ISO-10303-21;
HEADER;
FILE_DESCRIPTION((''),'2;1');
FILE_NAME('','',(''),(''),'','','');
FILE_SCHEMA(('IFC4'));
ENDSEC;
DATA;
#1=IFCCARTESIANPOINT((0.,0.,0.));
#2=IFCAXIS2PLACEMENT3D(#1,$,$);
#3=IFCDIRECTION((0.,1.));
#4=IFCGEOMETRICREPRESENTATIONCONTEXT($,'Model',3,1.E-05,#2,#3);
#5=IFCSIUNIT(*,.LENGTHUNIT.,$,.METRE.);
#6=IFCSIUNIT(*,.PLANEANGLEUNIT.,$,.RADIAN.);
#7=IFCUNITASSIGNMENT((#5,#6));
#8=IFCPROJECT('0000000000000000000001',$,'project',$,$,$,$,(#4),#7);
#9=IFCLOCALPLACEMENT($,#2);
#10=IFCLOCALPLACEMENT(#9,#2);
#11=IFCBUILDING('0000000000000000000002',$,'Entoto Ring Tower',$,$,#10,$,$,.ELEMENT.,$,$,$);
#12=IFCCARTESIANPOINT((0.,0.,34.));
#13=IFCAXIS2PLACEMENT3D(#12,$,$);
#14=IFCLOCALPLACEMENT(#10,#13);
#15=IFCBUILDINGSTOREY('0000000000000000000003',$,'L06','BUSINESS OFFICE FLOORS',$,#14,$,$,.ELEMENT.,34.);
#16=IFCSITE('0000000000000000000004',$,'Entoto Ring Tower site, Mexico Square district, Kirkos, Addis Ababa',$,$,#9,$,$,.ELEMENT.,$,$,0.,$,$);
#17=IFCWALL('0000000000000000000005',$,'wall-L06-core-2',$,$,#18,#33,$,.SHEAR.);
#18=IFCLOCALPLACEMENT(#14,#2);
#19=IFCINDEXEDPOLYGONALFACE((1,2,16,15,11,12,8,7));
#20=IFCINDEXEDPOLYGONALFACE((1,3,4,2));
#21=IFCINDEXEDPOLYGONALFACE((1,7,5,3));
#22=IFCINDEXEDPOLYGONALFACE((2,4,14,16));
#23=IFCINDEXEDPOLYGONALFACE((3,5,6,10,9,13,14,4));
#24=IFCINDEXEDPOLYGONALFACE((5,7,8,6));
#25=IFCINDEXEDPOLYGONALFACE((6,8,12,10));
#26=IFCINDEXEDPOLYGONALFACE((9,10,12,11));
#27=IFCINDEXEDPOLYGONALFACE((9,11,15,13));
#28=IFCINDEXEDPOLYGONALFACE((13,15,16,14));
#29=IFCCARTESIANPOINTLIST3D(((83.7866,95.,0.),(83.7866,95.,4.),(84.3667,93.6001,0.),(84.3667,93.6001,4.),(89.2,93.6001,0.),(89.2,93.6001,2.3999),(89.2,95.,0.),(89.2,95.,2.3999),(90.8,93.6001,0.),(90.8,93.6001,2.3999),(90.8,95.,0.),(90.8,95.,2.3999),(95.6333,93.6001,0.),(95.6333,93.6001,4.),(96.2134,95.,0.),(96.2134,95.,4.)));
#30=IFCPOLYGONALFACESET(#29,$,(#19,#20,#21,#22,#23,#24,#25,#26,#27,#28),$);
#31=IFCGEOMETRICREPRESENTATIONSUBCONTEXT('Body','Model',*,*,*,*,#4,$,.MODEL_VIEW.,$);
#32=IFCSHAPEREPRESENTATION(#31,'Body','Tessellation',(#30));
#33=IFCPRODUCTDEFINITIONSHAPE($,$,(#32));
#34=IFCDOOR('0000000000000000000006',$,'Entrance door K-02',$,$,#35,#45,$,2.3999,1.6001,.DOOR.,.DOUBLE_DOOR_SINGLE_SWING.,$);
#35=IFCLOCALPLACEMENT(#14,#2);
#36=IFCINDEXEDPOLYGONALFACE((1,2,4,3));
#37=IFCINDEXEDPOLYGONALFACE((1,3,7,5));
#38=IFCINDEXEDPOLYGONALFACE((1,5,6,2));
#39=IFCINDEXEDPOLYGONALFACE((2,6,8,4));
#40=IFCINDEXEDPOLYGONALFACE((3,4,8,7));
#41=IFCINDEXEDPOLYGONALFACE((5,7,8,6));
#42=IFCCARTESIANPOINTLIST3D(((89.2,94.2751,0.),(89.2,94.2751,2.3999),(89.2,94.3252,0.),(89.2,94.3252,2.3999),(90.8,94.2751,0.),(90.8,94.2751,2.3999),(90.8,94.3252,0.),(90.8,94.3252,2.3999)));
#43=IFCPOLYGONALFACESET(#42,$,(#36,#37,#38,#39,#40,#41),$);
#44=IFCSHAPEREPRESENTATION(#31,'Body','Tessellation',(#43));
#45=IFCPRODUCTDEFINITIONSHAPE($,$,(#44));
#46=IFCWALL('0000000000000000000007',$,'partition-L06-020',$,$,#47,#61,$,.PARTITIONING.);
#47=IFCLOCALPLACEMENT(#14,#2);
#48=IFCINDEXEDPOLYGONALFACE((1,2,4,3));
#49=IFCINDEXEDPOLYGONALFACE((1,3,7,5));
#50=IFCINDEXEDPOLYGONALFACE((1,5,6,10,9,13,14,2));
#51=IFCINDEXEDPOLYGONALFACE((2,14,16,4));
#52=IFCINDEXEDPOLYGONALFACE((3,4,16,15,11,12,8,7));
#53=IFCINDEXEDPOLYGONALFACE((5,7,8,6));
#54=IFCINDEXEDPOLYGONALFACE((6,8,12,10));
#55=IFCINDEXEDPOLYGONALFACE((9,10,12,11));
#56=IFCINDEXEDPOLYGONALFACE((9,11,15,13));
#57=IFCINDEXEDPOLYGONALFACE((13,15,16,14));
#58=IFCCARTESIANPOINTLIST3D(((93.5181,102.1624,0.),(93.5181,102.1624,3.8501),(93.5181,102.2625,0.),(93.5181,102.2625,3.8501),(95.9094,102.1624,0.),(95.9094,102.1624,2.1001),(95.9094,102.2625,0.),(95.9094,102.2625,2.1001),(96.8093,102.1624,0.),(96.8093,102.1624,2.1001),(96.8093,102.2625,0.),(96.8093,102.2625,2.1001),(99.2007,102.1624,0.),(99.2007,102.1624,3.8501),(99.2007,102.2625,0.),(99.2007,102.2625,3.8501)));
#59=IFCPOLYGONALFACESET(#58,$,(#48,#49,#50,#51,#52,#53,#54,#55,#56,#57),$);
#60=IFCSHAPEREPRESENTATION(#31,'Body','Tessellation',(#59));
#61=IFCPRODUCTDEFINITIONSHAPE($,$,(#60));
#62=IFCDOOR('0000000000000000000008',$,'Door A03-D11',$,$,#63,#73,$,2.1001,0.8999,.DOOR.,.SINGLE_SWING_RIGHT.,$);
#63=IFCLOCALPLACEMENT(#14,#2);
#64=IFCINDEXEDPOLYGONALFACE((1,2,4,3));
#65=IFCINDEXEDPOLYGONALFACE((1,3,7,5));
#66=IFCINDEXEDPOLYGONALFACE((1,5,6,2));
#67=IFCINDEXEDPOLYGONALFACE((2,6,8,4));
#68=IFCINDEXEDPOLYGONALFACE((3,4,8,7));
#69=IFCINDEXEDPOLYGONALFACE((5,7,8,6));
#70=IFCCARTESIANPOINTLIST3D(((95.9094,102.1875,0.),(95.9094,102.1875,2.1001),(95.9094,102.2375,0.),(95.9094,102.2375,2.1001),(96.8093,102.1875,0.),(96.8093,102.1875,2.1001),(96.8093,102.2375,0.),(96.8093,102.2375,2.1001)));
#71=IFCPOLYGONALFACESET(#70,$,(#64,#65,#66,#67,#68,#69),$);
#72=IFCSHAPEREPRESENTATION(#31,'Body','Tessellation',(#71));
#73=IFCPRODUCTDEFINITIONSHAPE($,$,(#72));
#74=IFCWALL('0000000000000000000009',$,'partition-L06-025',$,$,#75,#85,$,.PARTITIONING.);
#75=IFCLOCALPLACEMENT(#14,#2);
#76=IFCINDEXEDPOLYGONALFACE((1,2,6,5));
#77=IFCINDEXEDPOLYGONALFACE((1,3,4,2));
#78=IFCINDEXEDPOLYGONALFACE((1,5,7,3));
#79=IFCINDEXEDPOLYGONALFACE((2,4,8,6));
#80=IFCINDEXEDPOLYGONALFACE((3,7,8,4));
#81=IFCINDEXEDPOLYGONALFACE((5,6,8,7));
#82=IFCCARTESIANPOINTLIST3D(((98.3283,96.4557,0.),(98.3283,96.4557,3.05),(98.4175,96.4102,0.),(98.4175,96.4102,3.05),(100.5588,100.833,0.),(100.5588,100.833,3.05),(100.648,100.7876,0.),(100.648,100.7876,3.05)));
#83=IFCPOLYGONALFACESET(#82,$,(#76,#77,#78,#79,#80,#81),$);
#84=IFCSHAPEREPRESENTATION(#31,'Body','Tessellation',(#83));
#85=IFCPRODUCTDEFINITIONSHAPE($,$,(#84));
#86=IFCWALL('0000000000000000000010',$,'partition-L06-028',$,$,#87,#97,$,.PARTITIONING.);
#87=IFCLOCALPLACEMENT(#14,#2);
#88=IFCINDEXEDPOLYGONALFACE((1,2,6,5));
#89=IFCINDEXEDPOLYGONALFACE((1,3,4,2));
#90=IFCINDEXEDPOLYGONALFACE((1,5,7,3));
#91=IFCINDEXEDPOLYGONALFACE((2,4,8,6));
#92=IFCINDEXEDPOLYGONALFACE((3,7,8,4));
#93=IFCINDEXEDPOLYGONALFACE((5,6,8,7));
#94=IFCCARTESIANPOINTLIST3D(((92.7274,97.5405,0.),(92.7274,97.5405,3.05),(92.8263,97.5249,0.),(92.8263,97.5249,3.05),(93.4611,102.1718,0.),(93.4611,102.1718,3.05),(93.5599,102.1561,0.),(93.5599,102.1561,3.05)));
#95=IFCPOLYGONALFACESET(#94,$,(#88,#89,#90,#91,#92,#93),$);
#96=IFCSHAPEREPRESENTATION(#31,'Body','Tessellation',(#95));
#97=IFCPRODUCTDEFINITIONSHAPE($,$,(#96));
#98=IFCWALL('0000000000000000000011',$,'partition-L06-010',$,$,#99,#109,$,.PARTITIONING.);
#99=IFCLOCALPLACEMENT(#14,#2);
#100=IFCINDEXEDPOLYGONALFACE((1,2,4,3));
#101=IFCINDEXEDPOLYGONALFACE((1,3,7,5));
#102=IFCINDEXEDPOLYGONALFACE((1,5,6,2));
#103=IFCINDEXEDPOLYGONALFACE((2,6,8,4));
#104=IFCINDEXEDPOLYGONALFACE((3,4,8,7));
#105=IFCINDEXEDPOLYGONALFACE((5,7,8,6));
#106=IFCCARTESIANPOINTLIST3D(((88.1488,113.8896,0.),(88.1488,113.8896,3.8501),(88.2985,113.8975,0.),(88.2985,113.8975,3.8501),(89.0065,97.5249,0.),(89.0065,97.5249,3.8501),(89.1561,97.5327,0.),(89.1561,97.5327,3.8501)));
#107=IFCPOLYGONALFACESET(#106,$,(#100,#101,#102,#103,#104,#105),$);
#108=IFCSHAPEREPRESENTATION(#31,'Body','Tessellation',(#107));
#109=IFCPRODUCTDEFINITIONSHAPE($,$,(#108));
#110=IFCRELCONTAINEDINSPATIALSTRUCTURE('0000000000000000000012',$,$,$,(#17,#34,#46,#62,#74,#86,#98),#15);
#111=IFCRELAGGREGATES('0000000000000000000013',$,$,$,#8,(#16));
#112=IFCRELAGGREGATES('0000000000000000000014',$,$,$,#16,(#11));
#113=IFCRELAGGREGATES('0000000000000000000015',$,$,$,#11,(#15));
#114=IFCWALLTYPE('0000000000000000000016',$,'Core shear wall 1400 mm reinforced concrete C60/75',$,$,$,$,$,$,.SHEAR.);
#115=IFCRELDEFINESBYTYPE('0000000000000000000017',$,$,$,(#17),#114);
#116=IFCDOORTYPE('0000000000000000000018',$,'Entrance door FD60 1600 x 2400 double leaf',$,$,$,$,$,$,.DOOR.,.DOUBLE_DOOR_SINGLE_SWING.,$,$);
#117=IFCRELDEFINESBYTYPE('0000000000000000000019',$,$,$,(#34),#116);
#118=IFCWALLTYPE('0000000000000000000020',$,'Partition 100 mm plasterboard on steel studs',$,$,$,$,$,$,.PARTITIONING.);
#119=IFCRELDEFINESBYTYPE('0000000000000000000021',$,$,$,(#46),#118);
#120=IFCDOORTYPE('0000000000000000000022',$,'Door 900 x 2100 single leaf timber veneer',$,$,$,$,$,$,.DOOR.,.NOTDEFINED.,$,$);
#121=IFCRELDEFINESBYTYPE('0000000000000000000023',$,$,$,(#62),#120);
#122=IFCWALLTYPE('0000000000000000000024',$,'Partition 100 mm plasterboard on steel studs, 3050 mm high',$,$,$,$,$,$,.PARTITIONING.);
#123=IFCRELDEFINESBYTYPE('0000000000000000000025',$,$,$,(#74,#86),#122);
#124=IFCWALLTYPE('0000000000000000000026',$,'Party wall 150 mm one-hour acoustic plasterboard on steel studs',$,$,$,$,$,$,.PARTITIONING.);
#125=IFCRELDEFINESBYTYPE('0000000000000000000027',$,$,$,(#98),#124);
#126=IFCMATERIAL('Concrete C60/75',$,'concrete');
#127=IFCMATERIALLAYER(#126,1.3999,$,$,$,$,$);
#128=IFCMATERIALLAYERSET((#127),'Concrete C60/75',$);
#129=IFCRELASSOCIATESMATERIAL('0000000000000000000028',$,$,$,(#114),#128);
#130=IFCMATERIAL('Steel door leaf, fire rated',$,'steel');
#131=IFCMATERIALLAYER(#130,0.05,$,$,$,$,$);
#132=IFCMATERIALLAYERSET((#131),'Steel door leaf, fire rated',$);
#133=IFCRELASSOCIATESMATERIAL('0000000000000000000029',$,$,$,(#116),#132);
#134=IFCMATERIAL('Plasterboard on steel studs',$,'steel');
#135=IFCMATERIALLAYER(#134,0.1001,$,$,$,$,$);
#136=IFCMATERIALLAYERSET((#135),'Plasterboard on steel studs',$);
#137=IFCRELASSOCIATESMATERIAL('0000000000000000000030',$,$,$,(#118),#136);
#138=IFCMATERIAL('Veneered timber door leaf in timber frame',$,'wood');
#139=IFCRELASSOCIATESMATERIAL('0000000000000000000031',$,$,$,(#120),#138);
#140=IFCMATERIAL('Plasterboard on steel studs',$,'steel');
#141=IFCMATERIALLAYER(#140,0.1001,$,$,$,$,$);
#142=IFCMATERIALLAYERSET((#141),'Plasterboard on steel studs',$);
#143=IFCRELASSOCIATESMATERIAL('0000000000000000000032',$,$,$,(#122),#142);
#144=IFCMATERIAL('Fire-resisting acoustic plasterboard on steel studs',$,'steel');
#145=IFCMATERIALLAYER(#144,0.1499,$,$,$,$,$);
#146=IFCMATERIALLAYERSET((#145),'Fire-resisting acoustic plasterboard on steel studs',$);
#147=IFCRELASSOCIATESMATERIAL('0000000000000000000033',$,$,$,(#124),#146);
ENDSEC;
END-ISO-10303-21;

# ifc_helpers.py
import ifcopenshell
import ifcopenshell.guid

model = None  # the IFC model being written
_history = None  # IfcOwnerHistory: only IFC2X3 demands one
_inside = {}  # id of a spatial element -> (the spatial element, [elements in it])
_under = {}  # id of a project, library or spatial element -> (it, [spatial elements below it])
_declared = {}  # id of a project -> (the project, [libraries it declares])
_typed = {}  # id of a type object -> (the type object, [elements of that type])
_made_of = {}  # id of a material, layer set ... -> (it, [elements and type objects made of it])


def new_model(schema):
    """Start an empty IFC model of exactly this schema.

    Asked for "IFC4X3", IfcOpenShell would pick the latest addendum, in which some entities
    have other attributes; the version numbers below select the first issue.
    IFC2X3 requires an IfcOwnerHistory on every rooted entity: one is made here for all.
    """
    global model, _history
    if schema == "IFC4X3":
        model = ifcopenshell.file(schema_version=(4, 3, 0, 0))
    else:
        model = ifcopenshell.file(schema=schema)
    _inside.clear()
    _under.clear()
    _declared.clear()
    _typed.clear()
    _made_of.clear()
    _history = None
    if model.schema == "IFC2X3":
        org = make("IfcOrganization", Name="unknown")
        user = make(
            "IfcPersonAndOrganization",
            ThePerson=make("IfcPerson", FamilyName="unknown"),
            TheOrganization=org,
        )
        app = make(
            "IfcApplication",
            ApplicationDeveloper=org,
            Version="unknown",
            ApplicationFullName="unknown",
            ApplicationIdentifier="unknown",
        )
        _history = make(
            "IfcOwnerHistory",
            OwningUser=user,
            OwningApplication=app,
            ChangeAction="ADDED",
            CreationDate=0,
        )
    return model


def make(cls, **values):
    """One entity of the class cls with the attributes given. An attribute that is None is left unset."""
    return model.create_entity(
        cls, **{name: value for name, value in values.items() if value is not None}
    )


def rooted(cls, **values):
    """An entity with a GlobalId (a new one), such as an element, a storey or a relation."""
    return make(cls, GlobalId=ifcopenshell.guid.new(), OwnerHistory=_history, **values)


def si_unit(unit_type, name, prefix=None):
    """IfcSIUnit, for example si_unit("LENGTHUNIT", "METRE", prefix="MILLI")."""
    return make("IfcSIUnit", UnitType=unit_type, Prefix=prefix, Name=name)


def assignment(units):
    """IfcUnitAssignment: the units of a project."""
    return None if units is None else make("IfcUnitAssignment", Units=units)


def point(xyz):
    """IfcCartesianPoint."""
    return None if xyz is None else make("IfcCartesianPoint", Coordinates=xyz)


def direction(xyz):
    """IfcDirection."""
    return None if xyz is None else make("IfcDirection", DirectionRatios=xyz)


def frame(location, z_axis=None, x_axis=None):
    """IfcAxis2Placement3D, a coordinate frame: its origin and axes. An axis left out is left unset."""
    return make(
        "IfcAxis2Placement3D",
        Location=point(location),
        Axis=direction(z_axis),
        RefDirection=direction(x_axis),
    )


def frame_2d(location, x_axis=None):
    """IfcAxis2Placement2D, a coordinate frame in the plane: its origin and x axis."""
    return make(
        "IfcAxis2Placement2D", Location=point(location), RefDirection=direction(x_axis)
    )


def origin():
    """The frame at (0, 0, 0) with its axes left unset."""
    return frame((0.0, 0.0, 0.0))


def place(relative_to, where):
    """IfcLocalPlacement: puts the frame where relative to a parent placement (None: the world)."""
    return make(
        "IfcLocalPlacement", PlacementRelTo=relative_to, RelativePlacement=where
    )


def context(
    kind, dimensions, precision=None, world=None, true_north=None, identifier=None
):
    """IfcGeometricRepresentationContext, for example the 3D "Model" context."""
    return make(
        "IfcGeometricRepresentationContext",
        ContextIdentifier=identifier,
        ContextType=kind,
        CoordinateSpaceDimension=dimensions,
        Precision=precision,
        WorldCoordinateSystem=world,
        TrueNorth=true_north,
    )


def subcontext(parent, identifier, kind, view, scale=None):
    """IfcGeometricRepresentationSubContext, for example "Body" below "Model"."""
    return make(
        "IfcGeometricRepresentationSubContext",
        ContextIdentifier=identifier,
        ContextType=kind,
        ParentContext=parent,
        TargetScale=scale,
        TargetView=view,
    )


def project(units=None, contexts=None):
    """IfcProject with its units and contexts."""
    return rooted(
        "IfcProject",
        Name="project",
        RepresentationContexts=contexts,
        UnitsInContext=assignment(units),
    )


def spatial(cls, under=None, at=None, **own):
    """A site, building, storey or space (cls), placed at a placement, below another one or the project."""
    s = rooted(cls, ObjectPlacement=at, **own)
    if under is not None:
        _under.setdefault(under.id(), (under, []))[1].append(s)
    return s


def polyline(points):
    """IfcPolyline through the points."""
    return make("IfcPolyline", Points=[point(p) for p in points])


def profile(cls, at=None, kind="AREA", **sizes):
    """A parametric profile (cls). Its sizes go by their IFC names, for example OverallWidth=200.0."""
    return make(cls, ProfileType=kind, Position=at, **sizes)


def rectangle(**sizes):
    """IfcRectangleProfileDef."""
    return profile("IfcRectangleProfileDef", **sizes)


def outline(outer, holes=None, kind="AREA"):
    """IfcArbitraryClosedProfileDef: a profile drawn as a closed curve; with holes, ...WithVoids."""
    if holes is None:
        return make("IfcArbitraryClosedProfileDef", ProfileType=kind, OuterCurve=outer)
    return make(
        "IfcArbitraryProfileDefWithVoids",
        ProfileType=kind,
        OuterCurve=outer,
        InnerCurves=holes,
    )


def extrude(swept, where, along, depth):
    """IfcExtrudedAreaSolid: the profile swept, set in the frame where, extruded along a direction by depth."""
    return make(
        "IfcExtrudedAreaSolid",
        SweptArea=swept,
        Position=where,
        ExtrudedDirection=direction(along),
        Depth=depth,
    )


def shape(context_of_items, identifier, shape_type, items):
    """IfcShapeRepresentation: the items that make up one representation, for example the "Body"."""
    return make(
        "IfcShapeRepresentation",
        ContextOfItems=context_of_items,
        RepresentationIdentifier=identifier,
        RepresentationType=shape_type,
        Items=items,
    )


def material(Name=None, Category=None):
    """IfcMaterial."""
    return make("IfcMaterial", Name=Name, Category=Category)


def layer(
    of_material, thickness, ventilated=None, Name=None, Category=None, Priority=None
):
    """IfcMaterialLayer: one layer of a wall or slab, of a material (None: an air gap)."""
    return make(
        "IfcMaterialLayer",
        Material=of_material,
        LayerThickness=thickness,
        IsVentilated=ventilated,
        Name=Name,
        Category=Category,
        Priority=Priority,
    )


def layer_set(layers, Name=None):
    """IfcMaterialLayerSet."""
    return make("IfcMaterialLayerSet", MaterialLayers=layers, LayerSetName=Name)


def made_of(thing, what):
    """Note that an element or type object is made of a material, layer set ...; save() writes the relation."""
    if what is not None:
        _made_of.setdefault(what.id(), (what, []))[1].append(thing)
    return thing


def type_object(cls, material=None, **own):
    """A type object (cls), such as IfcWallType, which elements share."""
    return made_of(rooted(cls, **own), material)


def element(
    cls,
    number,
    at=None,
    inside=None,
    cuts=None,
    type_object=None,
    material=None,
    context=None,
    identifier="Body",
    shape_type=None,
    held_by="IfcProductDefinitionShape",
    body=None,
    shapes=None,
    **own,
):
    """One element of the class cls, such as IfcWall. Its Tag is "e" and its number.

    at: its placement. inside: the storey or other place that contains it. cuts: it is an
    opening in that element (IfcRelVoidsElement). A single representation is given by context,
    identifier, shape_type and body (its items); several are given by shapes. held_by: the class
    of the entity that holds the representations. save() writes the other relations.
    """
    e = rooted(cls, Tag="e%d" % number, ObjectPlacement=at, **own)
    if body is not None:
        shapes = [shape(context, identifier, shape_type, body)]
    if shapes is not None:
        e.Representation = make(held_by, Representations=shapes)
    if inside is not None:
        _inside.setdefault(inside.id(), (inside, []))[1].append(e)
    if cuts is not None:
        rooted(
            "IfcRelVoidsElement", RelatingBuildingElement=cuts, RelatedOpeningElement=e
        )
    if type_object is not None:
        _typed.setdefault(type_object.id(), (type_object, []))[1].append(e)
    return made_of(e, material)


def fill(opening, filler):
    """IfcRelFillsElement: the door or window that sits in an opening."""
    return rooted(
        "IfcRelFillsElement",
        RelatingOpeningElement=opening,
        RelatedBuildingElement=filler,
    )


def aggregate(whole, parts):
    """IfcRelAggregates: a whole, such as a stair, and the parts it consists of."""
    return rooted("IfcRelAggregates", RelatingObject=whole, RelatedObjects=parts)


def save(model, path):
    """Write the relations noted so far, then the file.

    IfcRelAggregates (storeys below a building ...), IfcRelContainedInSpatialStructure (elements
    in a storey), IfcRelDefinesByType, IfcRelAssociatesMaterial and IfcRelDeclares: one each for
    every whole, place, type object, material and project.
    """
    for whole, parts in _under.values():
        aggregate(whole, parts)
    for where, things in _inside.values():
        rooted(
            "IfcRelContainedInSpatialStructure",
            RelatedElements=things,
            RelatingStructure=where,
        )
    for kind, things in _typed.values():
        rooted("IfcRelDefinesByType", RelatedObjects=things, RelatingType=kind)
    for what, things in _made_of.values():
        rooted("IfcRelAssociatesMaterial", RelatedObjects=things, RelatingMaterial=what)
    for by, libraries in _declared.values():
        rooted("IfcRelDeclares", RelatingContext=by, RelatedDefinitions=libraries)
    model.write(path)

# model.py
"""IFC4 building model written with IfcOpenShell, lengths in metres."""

from ifc_helpers import new_model, si_unit, direction, frame, frame_2d, origin, place, context, subcontext, project, spatial, polyline, rectangle, outline, extrude, material, layer, layer_set, type_object, element, fill, save


model = new_model("IFC4")

# Units and contexts
model_context = context("Model", 3, precision=1e-05, world=origin(), true_north=direction((0.0, 1.0)))
body_context = subcontext(model_context, "Body", "Model", "MODEL_VIEW")
ifc_project = project(units=[si_unit("LENGTHUNIT", "METRE"), si_unit("PLANEANGLEUNIT", "RADIAN")], contexts=[model_context])

# Site, building, storey
site_placement = place(None, origin())
site = spatial("IfcSite", under=ifc_project, at=site_placement, Name="Entoto Ring Tower site, Mexico Square district, Kirkos, Addis Ababa", CompositionType="ELEMENT", RefElevation=0.0)
building_placement = place(site_placement, origin())
building = spatial("IfcBuilding", under=site, at=building_placement, Name="Entoto Ring Tower", CompositionType="ELEMENT")
storey_placement = place(building_placement, frame((0.0, 0.0, 34.0)))
storey = spatial("IfcBuildingStorey", under=building, at=storey_placement, Name="L06", Description="BUSINESS OFFICE FLOORS", CompositionType="ELEMENT", Elevation=34.0)

# Walls, openings, doors
ifc_material_1 = material(Name="Concrete C60/75", Category="concrete")
ifc_layer_1 = layer(ifc_material_1, 1.3999)
ifc_layer_set_1 = layer_set([ifc_layer_1], Name="Concrete C60/75")
wall_type_1 = type_object("IfcWallType", Name="Core shear wall 1400 mm reinforced concrete C60/75", PredefinedType="SHEAR", material=ifc_layer_set_1)
wall_1_placement = place(storey_placement, frame((95.9233, 94.3, 0.0), z_axis=(0.0, 0.0, 1.0), x_axis=(-1.0, 0.0, 0.0)))
wall_1 = element("IfcWall", 1, at=wall_1_placement, inside=storey, type_object=wall_type_1, Name="wall-L06-core-2", PredefinedType="SHEAR", context=body_context, shape_type="SweptSolid", body=[
    extrude(outline(polyline([(-0.29, -0.7), (12.1367, -0.7), (11.5566, 0.7), (0.29, 0.7), (-0.29, -0.7)])), origin(), (0.0, 0.0, 1.0), 4.0),
])
opening_1_placement = place(wall_1_placement, frame((5.1233, 0.0, 0.0)))
opening_1 = element("IfcOpeningElement", 2, at=opening_1_placement, cuts=wall_1, PredefinedType="OPENING", context=body_context, shape_type="SweptSolid", body=[
    extrude(rectangle(XDim=1.6001, YDim=2.3999, at=frame_2d((0.8, 1.2))), frame((0.0, 0.71, 0.0), z_axis=(0.0, -1.0, 0.0), x_axis=(1.0, 0.0, 0.0)), (0.0, 0.0, 1.0), 1.4199),
])
ifc_material_2 = material(Name="Steel door leaf, fire rated", Category="steel")
ifc_layer_2 = layer(ifc_material_2, 0.05)
ifc_layer_set_2 = layer_set([ifc_layer_2], Name="Steel door leaf, fire rated")
door_type_1 = type_object("IfcDoorType", Name="Entrance door FD60 1600 x 2400 double leaf", OperationType="DOUBLE_DOOR_SINGLE_SWING", PredefinedType="DOOR", material=ifc_layer_set_2)
door_1_placement = place(opening_1_placement, origin())
door_1 = element("IfcDoor", 3, at=door_1_placement, inside=storey, type_object=door_type_1, Name="Entrance door K-02", OperationType="DOUBLE_DOOR_SINGLE_SWING", OverallHeight=2.3999, OverallWidth=1.6001, PredefinedType="DOOR", context=body_context, shape_type="SweptSolid", body=[
    extrude(rectangle(XDim=1.6001, YDim=2.3999, at=frame_2d((0.8, 1.2))), frame((0.0, 0.0249, 0.0), z_axis=(0.0, -1.0, 0.0), x_axis=(1.0, 0.0, 0.0)), (0.0, 0.0, 1.0), 0.05),
])
fill(opening_1, door_1)
ifc_material_3 = material(Name="Plasterboard on steel studs", Category="steel")
ifc_layer_3 = layer(ifc_material_3, 0.1001)
ifc_layer_set_3 = layer_set([ifc_layer_3], Name="Plasterboard on steel studs")
wall_type_2 = type_object("IfcWallType", Name="Partition 100 mm plasterboard on steel studs", PredefinedType="PARTITIONING", material=ifc_layer_set_3)
wall_2_placement = place(storey_placement, frame((93.5181, 102.2124, 0.0), z_axis=(0.0, 0.0, 1.0), x_axis=(1.0, 0.0, 0.0)))
wall_2 = element("IfcWall", 4, at=wall_2_placement, inside=storey, type_object=wall_type_2, Name="partition-L06-020", PredefinedType="PARTITIONING", context=body_context, shape_type="SweptSolid", body=[
    extrude(rectangle(XDim=5.6826, YDim=0.1001, at=frame_2d((2.8413, 0.0))), origin(), (0.0, 0.0, 1.0), 3.8501),
])
opening_2_placement = place(wall_2_placement, frame((2.3914, 0.0, 0.0)))
opening_2 = element("IfcOpeningElement", 5, at=opening_2_placement, cuts=wall_2, PredefinedType="OPENING", context=body_context, shape_type="SweptSolid", body=[
    extrude(rectangle(XDim=0.8999, YDim=2.1001, at=frame_2d((0.45, 1.05))), frame((0.0, 0.0601, 0.0), z_axis=(0.0, -1.0, 0.0), x_axis=(1.0, 0.0, 0.0)), (0.0, 0.0, 1.0), 0.1201),
])
ifc_material_4 = material(Name="Veneered timber door leaf in timber frame", Category="wood")
door_type_2 = type_object("IfcDoorType", Name="Door 900 x 2100 single leaf timber veneer", OperationType="NOTDEFINED", PredefinedType="DOOR", material=ifc_material_4)
door_2_placement = place(opening_2_placement, frame((0.8999, 0.0, 0.0), z_axis=(0.0, 0.0, 1.0), x_axis=(-1.0, 0.0, 0.0)))
door_2 = element("IfcDoor", 6, at=door_2_placement, inside=storey, type_object=door_type_2, Name="Door A03-D11", OperationType="SINGLE_SWING_RIGHT", OverallHeight=2.1001, OverallWidth=0.8999, PredefinedType="DOOR", context=body_context, shape_type="SweptSolid", body=[
    extrude(rectangle(XDim=0.8999, YDim=2.1001, at=frame_2d((0.45, 1.05))), frame((0.0, 0.0249, 0.0), z_axis=(0.0, -1.0, 0.0), x_axis=(1.0, 0.0, 0.0)), (0.0, 0.0, 1.0), 0.05),
])
fill(opening_2, door_2)

# Walls
ifc_material_5 = material(Name="Plasterboard on steel studs", Category="steel")
ifc_layer_4 = layer(ifc_material_5, 0.1001)
ifc_layer_set_4 = layer_set([ifc_layer_4], Name="Plasterboard on steel studs")
wall_type_3 = type_object("IfcWallType", Name="Partition 100 mm plasterboard on steel studs, 3050 mm high", PredefinedType="PARTITIONING", material=ifc_layer_set_4)
wall_3_placement = place(storey_placement, frame((98.3728, 96.4329, 0.0), z_axis=(0.0, 0.0, 1.0), x_axis=(0.454019, 0.890992, 0.0)))
element("IfcWall", 7, at=wall_3_placement, inside=storey, type_object=wall_type_3, Name="partition-L06-025", PredefinedType="PARTITIONING", context=body_context, shape_type="SweptSolid", body=[
    extrude(rectangle(XDim=4.9128, YDim=0.1001, at=frame_2d((2.4565, 0.0))), origin(), (0.0, 0.0, 1.0), 3.05),
])
wall_4_placement = place(storey_placement, frame((92.7769, 97.5327, 0.0), z_axis=(0.0, 0.0, 1.0), x_axis=(0.156465, 0.987683, 0.0)))
element("IfcWall", 8, at=wall_4_placement, inside=storey, type_object=wall_type_3, Name="partition-L06-028", PredefinedType="PARTITIONING", context=body_context, shape_type="SweptSolid", body=[
    extrude(rectangle(XDim=4.689, YDim=0.1001, at=frame_2d((2.3445, 0.0))), origin(), (0.0, 0.0, 1.0), 3.05),
])
ifc_material_6 = material(Name="Fire-resisting acoustic plasterboard on steel studs", Category="steel")
ifc_layer_5 = layer(ifc_material_6, 0.1499)
ifc_layer_set_5 = layer_set([ifc_layer_5], Name="Fire-resisting acoustic plasterboard on steel studs")
wall_type_4 = type_object("IfcWallType", Name="Party wall 150 mm one-hour acoustic plasterboard on steel studs", PredefinedType="PARTITIONING", material=ifc_layer_set_5)
wall_5_placement = place(storey_placement, frame((89.0813, 97.5288, 0.0), z_axis=(0.0, 0.0, 1.0), x_axis=(-0.052338, 0.998629, 0.0)))
element("IfcWall", 9, at=wall_5_placement, inside=storey, type_object=wall_type_4, Name="partition-L06-010", PredefinedType="PARTITIONING", context=body_context, shape_type="SweptSolid", body=[
    extrude(rectangle(XDim=16.3872, YDim=0.1499, at=frame_2d((8.1936, 0.0))), origin(), (0.0, 0.0, 1.0), 3.8501),
])

save(model, "model.ifc")
